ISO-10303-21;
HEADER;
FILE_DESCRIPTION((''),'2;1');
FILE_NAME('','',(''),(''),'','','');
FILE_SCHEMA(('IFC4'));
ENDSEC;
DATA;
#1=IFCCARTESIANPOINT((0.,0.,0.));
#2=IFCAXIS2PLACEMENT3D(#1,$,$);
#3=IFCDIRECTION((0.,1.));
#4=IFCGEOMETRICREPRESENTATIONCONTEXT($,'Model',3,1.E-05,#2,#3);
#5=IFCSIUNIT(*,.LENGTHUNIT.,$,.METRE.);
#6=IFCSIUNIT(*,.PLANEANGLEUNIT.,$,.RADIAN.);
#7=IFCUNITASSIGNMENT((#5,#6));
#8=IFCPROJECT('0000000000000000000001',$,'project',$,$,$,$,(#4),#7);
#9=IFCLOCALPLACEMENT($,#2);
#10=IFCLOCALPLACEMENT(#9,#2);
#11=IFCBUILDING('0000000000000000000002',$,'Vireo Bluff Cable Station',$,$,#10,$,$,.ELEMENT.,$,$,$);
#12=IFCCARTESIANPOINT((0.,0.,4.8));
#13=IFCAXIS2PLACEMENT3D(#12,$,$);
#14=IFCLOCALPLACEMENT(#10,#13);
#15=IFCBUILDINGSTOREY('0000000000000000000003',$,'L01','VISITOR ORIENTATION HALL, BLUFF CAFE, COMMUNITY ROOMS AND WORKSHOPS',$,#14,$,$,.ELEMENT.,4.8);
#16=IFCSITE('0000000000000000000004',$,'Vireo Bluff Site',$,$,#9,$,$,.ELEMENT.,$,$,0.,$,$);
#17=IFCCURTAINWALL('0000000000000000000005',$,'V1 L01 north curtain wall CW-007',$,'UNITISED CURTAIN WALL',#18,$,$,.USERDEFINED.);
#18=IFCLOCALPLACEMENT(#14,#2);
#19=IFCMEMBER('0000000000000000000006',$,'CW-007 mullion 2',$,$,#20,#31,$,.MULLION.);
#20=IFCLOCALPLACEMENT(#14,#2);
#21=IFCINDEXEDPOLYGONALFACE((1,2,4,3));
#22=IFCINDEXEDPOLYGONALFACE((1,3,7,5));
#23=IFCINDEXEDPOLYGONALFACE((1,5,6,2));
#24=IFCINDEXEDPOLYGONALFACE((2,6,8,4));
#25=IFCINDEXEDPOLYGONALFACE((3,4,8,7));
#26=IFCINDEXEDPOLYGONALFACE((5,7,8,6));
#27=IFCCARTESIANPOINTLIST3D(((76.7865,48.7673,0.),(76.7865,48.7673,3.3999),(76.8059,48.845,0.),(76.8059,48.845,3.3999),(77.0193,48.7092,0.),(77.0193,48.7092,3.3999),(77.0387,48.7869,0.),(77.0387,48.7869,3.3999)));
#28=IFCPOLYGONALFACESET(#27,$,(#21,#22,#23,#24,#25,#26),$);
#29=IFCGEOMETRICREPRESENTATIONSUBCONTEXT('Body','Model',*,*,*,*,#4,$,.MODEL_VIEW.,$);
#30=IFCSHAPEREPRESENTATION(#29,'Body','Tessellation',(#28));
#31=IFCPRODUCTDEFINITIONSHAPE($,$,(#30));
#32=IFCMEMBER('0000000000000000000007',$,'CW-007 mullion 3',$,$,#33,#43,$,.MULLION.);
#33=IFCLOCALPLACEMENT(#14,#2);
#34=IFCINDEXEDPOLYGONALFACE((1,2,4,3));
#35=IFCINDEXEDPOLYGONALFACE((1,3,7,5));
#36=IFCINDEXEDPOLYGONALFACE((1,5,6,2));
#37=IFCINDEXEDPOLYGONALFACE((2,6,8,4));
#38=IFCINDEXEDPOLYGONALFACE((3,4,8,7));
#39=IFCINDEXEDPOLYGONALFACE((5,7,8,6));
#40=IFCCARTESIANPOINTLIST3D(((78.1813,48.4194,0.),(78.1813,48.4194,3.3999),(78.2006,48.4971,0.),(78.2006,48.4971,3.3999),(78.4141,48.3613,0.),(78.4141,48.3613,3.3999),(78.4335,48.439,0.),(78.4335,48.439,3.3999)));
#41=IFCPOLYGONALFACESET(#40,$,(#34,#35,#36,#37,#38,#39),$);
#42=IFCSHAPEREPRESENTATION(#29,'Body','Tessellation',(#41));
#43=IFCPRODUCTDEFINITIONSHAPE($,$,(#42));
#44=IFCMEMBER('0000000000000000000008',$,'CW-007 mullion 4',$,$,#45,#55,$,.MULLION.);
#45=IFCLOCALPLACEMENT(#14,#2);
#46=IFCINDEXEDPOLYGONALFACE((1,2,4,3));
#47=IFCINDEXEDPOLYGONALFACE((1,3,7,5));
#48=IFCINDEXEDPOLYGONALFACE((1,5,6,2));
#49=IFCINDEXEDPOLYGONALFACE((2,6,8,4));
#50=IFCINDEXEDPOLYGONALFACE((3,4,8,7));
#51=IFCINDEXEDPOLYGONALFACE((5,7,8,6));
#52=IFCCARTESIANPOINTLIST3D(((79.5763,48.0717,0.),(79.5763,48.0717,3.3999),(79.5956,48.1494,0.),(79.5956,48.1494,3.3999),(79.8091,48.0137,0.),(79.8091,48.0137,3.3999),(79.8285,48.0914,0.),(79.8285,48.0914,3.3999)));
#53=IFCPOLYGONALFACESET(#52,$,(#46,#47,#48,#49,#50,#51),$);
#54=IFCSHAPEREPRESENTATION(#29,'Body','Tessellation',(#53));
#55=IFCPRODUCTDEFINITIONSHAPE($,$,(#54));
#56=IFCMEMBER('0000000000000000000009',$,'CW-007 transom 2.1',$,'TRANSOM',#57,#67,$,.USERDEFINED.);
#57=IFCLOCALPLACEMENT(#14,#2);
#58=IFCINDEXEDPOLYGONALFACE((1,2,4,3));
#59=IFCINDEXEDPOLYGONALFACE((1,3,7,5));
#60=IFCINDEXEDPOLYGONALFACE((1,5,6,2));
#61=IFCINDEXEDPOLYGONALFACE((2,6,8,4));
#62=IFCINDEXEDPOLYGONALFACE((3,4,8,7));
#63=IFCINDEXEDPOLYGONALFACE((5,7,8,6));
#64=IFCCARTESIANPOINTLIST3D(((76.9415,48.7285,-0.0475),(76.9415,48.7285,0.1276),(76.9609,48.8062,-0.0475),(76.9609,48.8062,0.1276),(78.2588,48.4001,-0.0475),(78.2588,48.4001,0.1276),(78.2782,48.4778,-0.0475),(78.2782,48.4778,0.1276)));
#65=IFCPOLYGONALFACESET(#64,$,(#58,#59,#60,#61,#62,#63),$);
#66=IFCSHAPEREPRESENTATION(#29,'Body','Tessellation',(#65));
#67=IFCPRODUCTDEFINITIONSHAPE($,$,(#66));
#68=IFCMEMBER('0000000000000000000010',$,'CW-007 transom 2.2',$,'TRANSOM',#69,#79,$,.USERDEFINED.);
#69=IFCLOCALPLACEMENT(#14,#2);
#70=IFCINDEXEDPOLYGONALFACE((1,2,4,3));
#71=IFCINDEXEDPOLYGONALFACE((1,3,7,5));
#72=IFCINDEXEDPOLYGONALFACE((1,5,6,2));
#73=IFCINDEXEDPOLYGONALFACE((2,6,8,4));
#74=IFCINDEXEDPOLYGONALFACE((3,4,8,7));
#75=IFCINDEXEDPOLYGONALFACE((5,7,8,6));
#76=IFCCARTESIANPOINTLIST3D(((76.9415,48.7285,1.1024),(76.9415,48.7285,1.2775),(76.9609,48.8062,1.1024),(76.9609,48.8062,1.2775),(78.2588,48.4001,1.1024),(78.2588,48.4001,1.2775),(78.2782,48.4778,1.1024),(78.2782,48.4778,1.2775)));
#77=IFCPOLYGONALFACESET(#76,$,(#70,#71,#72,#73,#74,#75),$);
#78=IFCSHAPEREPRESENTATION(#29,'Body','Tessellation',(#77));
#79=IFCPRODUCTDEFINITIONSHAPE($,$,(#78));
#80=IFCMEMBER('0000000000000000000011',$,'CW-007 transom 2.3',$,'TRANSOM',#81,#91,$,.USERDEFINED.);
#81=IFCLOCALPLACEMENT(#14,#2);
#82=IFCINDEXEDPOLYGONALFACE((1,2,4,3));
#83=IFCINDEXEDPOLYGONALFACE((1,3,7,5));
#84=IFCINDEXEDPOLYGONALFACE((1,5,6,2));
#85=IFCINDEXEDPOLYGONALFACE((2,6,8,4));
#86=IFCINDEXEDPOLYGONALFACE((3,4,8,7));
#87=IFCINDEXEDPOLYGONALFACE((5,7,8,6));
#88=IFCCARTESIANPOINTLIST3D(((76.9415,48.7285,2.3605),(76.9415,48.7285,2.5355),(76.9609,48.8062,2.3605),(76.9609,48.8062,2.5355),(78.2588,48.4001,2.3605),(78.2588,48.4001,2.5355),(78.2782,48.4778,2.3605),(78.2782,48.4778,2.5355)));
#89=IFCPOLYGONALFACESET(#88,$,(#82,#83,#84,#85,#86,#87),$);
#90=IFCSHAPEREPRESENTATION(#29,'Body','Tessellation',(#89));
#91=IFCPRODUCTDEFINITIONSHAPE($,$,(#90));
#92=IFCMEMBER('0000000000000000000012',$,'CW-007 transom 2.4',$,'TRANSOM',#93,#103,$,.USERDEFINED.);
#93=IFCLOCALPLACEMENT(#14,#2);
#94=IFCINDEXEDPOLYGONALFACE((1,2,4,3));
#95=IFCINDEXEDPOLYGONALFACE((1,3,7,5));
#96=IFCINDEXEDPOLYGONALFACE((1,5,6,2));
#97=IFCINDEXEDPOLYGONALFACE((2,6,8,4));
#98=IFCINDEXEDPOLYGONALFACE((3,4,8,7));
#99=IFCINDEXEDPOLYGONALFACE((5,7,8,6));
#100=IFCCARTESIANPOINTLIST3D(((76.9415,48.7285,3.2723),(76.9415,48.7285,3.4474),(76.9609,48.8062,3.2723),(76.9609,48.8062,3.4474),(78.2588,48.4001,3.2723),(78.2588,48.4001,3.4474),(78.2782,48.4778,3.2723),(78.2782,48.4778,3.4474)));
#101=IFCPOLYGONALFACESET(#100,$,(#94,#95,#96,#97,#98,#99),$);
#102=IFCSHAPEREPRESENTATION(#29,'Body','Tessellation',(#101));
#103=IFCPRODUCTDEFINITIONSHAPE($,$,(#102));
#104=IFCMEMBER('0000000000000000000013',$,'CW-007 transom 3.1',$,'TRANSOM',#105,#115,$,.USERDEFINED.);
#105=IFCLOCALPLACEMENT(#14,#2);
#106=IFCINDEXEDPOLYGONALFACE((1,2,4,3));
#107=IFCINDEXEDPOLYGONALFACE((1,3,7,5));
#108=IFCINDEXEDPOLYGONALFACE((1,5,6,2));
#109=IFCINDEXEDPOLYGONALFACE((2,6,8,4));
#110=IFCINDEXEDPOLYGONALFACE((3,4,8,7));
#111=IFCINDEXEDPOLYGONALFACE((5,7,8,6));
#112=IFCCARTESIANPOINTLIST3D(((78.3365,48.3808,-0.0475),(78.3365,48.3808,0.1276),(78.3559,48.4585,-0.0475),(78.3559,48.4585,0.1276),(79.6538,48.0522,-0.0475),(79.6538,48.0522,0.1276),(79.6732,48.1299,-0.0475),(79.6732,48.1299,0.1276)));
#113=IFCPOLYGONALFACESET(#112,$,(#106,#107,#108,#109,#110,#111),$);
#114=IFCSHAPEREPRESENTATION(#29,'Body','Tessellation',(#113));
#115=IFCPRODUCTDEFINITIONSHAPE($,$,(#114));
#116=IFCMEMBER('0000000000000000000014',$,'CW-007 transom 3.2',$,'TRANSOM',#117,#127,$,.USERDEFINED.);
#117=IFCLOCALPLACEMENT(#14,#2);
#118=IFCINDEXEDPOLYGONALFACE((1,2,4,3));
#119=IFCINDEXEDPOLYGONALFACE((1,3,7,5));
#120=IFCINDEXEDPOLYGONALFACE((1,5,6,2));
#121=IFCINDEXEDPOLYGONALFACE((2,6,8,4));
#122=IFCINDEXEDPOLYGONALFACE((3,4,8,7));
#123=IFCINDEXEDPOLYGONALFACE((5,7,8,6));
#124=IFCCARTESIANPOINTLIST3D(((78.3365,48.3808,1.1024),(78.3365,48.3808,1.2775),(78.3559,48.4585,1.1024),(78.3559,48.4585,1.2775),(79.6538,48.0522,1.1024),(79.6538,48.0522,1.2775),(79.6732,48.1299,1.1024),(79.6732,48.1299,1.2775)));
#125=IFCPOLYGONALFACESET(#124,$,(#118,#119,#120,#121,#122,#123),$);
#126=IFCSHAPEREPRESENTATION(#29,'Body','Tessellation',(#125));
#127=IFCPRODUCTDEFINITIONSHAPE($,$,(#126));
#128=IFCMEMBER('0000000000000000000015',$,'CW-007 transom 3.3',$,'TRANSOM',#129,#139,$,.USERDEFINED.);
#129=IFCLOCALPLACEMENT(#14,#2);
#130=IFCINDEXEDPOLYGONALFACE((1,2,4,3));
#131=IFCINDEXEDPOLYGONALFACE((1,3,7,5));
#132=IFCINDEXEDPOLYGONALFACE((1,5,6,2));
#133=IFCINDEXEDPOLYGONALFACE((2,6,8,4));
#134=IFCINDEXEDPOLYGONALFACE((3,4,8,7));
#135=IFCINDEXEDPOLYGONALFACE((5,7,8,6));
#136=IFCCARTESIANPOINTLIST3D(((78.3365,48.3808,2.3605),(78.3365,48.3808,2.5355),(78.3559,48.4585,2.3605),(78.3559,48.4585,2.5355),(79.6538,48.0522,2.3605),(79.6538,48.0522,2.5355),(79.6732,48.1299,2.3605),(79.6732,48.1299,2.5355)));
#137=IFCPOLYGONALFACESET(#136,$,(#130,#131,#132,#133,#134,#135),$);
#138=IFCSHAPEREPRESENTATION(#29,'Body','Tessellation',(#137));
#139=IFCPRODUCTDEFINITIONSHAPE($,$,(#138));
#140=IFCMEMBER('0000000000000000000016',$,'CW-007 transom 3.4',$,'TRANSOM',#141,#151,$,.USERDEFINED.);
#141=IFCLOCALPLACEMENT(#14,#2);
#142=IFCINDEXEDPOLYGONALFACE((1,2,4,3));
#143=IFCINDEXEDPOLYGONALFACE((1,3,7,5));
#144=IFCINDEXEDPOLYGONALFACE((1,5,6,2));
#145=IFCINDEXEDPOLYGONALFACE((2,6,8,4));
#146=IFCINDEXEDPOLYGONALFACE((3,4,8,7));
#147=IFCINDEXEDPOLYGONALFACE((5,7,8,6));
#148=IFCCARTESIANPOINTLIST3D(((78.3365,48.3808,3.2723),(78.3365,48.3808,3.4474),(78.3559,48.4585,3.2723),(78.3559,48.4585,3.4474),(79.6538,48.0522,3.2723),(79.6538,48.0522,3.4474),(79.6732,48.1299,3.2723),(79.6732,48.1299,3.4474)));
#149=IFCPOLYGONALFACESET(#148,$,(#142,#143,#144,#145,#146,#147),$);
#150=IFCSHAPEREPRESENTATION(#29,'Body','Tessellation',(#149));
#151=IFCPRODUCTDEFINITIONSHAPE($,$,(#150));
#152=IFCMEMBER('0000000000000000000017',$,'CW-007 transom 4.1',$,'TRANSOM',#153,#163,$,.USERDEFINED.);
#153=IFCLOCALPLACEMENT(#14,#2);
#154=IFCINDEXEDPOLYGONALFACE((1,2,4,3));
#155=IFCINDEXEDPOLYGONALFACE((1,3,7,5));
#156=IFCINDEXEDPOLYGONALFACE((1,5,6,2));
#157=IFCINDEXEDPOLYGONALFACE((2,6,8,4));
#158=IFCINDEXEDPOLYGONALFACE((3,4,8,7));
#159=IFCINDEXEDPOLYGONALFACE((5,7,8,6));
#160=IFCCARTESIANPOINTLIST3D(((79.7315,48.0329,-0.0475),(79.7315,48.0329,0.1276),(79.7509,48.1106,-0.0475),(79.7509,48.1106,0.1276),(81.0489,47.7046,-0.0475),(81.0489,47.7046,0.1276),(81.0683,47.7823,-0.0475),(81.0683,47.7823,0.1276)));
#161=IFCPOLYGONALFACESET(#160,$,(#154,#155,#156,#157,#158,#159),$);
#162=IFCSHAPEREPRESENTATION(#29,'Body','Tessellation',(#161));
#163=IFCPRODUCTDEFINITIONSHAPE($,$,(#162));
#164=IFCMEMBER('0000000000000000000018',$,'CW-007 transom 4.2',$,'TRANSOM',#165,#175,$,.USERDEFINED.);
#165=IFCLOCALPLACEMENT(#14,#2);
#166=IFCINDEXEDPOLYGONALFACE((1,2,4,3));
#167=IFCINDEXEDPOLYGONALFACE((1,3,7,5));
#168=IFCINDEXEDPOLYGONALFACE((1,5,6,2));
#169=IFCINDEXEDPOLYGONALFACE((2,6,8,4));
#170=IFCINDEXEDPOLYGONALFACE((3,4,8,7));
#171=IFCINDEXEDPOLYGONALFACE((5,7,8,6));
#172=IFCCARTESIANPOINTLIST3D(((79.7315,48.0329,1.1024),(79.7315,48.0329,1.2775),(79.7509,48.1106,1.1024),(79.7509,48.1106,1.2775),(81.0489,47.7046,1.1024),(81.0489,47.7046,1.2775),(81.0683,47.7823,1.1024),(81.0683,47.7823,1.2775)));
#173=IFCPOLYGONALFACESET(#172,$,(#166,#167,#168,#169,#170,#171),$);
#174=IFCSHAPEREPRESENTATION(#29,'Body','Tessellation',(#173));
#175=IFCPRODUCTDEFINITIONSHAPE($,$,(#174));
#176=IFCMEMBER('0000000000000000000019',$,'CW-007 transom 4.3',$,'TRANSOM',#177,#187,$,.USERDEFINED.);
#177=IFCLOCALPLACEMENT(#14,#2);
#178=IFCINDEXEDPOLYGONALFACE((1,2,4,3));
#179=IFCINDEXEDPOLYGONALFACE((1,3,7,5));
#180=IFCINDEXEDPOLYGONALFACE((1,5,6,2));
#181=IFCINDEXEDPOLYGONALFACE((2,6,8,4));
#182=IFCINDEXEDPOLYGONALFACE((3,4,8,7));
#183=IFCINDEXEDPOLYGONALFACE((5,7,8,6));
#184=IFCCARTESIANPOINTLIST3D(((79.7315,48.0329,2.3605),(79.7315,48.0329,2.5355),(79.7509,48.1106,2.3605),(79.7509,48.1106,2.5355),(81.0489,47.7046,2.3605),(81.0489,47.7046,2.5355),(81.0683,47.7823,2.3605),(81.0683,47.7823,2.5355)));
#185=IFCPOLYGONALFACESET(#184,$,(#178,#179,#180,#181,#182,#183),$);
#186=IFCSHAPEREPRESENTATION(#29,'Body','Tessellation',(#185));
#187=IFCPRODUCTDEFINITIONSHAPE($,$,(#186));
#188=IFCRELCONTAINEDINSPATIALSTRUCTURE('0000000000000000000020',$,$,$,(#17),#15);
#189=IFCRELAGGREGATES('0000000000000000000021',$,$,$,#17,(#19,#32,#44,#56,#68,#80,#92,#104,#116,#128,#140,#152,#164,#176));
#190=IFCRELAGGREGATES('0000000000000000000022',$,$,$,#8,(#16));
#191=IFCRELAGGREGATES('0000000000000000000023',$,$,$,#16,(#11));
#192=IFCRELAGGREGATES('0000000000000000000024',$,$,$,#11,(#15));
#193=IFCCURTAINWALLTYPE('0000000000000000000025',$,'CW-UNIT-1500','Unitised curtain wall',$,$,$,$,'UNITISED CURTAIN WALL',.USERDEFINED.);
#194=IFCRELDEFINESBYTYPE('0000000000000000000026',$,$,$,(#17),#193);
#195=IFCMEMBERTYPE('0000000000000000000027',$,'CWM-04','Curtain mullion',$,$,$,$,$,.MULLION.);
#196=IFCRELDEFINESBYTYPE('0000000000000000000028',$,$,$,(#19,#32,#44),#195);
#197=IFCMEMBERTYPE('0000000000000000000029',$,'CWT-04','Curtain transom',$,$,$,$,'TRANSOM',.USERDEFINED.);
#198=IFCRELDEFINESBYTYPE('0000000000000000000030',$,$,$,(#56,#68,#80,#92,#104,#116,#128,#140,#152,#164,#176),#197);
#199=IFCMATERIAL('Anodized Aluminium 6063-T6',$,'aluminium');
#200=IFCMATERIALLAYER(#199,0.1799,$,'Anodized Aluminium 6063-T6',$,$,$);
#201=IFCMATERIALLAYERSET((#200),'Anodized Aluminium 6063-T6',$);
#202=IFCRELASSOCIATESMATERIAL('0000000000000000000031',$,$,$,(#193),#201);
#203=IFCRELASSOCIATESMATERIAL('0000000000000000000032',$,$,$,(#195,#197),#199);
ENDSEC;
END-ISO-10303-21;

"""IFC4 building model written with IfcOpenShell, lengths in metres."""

from ifc_helpers import new_model, si_unit, direction, frame, origin, origin_2d, place, context, subcontext, project, spatial, rectangle, extrude, material, layer, layer_set, material_profile, profile_set, type_object, element, aggregate, save


model = new_model("IFC4")

# Units and contexts
model_context = context("Model", 3, precision=1e-05, world=origin(), true_north=direction((0.0, 1.0)))
body_context = subcontext(model_context, "Body", "Model", "MODEL_VIEW")
ifc_project = project(units=[si_unit("LENGTHUNIT", "METRE"), si_unit("PLANEANGLEUNIT", "RADIAN")], contexts=[model_context])

# Site, building, storey
site_placement = place(None, origin())
site = spatial("IfcSite", under=ifc_project, at=site_placement, Name="Vireo Bluff Site", CompositionType="ELEMENT", RefElevation=0.0)
building_placement = place(site_placement, origin())
building = spatial("IfcBuilding", under=site, at=building_placement, Name="Vireo Bluff Cable Station", CompositionType="ELEMENT")
storey_placement = place(building_placement, frame((0.0, 0.0, 4.8)))
storey = spatial("IfcBuildingStorey", under=building, at=storey_placement, Name="L01", Description="VISITOR ORIENTATION HALL, BLUFF CAFE, COMMUNITY ROOMS AND WORKSHOPS", CompositionType="ELEMENT", Elevation=4.8)

# Curtain wall, members
ifc_material_1 = material(Name="Anodized Aluminium 6063-T6", Category="aluminium")
ifc_layer_1 = layer(ifc_material_1, 0.1799, Name="Anodized Aluminium 6063-T6")
ifc_layer_set_1 = layer_set([ifc_layer_1], Name="Anodized Aluminium 6063-T6")
curtain_wall_type = type_object("IfcCurtainWallType", Name="CW-UNIT-1500", Description="Unitised curtain wall", ElementType="UNITISED CURTAIN WALL", PredefinedType="USERDEFINED", material=ifc_layer_set_1)
curtain_wall_placement = place(storey_placement, origin())
curtain_wall = element("IfcCurtainWall", 1, at=curtain_wall_placement, inside=storey, type_object=curtain_wall_type, Name="V1 L01 north curtain wall CW-007", ObjectType="UNITISED CURTAIN WALL", PredefinedType="USERDEFINED")
ifc_material_profile_1 = material_profile(ifc_material_1, rectangle(XDim=0.0801, YDim=0.24, at=origin_2d()), Name="ALU-M-80X240")
ifc_profile_set_1 = profile_set([ifc_material_profile_1], Name="Anodized Aluminium 6063-T6")
member_type_1 = type_object("IfcMemberType", Name="CWM-04", Description="Curtain mullion", PredefinedType="MULLION", material=ifc_profile_set_1)
member_1_placement = place(storey_placement, frame((76.9126, 48.7771, 0.0), z_axis=(0.0, 0.0, 1.0), x_axis=(0.241922, 0.970296, 0.0)))
member_1 = element("IfcMember", 2, at=member_1_placement, type_object=member_type_1, Name="CW-007 mullion 2", PredefinedType="MULLION", context=body_context, shape_type="SweptSolid", body=[
    extrude(rectangle(XDim=0.0801, YDim=0.24, at=origin_2d()), origin(), (0.0, 0.0, 1.0), 3.3999),
])
member_2_placement = place(storey_placement, frame((78.3074, 48.4292, 0.0), z_axis=(0.0, 0.0, 1.0), x_axis=(0.241922, 0.970296, 0.0)))
member_2 = element("IfcMember", 3, at=member_2_placement, type_object=member_type_1, Name="CW-007 mullion 3", PredefinedType="MULLION", context=body_context, shape_type="SweptSolid", body=[
    extrude(rectangle(XDim=0.0801, YDim=0.24, at=origin_2d()), origin(), (0.0, 0.0, 1.0), 3.3999),
])
member_3_placement = place(storey_placement, frame((79.7024, 48.0815, 0.0), z_axis=(0.0, 0.0, 1.0), x_axis=(0.241922, 0.970296, 0.0)))
member_3 = element("IfcMember", 4, at=member_3_placement, type_object=member_type_1, Name="CW-007 mullion 4", PredefinedType="MULLION", context=body_context, shape_type="SweptSolid", body=[
    extrude(rectangle(XDim=0.0801, YDim=0.24, at=origin_2d()), origin(), (0.0, 0.0, 1.0), 3.3999),
])
ifc_material_profile_2 = material_profile(ifc_material_1, rectangle(XDim=0.0801, YDim=0.175, at=origin_2d()), Name="ALU-T-80X175")
ifc_profile_set_2 = profile_set([ifc_material_profile_2], Name="Anodized Aluminium 6063-T6")
member_type_2 = type_object("IfcMemberType", Name="CWT-04", Description="Curtain transom", ElementType="TRANSOM", PredefinedType="USERDEFINED", material=ifc_profile_set_2)
member_4_placement = place(storey_placement, frame((76.9512, 48.7673, 0.04), z_axis=(0.970312, -0.241859, 0.0), x_axis=(0.241859, 0.970312, 0.0)))
member_4 = element("IfcMember", 5, at=member_4_placement, type_object=member_type_2, Name="CW-007 transom 2.1", ObjectType="TRANSOM", PredefinedType="USERDEFINED", context=body_context, shape_type="SweptSolid", body=[
    extrude(rectangle(XDim=0.0801, YDim=0.175, at=origin_2d()), origin(), (0.0, 0.0, 1.0), 1.3577),
])
member_5_placement = place(storey_placement, frame((76.9512, 48.7673, 1.1899), z_axis=(0.970312, -0.241859, 0.0), x_axis=(0.241859, 0.970312, 0.0)))
member_5 = element("IfcMember", 6, at=member_5_placement, type_object=member_type_2, Name="CW-007 transom 2.2", ObjectType="TRANSOM", PredefinedType="USERDEFINED", context=body_context, shape_type="SweptSolid", body=[
    extrude(rectangle(XDim=0.0801, YDim=0.175, at=origin_2d()), origin(), (0.0, 0.0, 1.0), 1.3577),
])
member_6_placement = place(storey_placement, frame((76.9512, 48.7673, 2.448), z_axis=(0.970312, -0.241859, 0.0), x_axis=(0.241859, 0.970312, 0.0)))
member_6 = element("IfcMember", 7, at=member_6_placement, type_object=member_type_2, Name="CW-007 transom 2.3", ObjectType="TRANSOM", PredefinedType="USERDEFINED", context=body_context, shape_type="SweptSolid", body=[
    extrude(rectangle(XDim=0.0801, YDim=0.175, at=origin_2d()), origin(), (0.0, 0.0, 1.0), 1.3577),
])
member_7_placement = place(storey_placement, frame((76.9512, 48.7673, 3.3599), z_axis=(0.970312, -0.241859, 0.0), x_axis=(0.241859, 0.970312, 0.0)))
member_7 = element("IfcMember", 8, at=member_7_placement, type_object=member_type_2, Name="CW-007 transom 2.4", ObjectType="TRANSOM", PredefinedType="USERDEFINED", context=body_context, shape_type="SweptSolid", body=[
    extrude(rectangle(XDim=0.0801, YDim=0.175, at=origin_2d()), origin(), (0.0, 0.0, 1.0), 1.3577),
])
member_8_placement = place(storey_placement, frame((78.3462, 48.4197, 0.04), z_axis=(0.970269, -0.242028, 0.0), x_axis=(0.242028, 0.970269, 0.0)))
member_8 = element("IfcMember", 9, at=member_8_placement, type_object=member_type_2, Name="CW-007 transom 3.1", ObjectType="TRANSOM", PredefinedType="USERDEFINED", context=body_context, shape_type="SweptSolid", body=[
    extrude(rectangle(XDim=0.0801, YDim=0.175, at=origin_2d()), origin(), (0.0, 0.0, 1.0), 1.3577),
])
member_9_placement = place(storey_placement, frame((78.3462, 48.4197, 1.1899), z_axis=(0.970269, -0.242028, 0.0), x_axis=(0.242028, 0.970269, 0.0)))
member_9 = element("IfcMember", 10, at=member_9_placement, type_object=member_type_2, Name="CW-007 transom 3.2", ObjectType="TRANSOM", PredefinedType="USERDEFINED", context=body_context, shape_type="SweptSolid", body=[
    extrude(rectangle(XDim=0.0801, YDim=0.175, at=origin_2d()), origin(), (0.0, 0.0, 1.0), 1.3577),
])
member_10_placement = place(storey_placement, frame((78.3462, 48.4197, 2.448), z_axis=(0.970269, -0.242028, 0.0), x_axis=(0.242028, 0.970269, 0.0)))
member_10 = element("IfcMember", 11, at=member_10_placement, type_object=member_type_2, Name="CW-007 transom 3.3", ObjectType="TRANSOM", PredefinedType="USERDEFINED", context=body_context, shape_type="SweptSolid", body=[
    extrude(rectangle(XDim=0.0801, YDim=0.175, at=origin_2d()), origin(), (0.0, 0.0, 1.0), 1.3577),
])
member_11_placement = place(storey_placement, frame((78.3462, 48.4197, 3.3599), z_axis=(0.970269, -0.242028, 0.0), x_axis=(0.242028, 0.970269, 0.0)))
member_11 = element("IfcMember", 12, at=member_11_placement, type_object=member_type_2, Name="CW-007 transom 3.4", ObjectType="TRANSOM", PredefinedType="USERDEFINED", context=body_context, shape_type="SweptSolid", body=[
    extrude(rectangle(XDim=0.0801, YDim=0.175, at=origin_2d()), origin(), (0.0, 0.0, 1.0), 1.3577),
])
member_12_placement = place(storey_placement, frame((79.7412, 48.0718, 0.04), z_axis=(0.970312, -0.241859, 0.0), x_axis=(0.241859, 0.970312, 0.0)))
member_12 = element("IfcMember", 13, at=member_12_placement, type_object=member_type_2, Name="CW-007 transom 4.1", ObjectType="TRANSOM", PredefinedType="USERDEFINED", context=body_context, shape_type="SweptSolid", body=[
    extrude(rectangle(XDim=0.0801, YDim=0.175, at=origin_2d()), origin(), (0.0, 0.0, 1.0), 1.3577),
])
member_13_placement = place(storey_placement, frame((79.7412, 48.0718, 1.1899), z_axis=(0.970312, -0.241859, 0.0), x_axis=(0.241859, 0.970312, 0.0)))
member_13 = element("IfcMember", 14, at=member_13_placement, type_object=member_type_2, Name="CW-007 transom 4.2", ObjectType="TRANSOM", PredefinedType="USERDEFINED", context=body_context, shape_type="SweptSolid", body=[
    extrude(rectangle(XDim=0.0801, YDim=0.175, at=origin_2d()), origin(), (0.0, 0.0, 1.0), 1.3577),
])
member_14_placement = place(storey_placement, frame((79.7412, 48.0718, 2.448), z_axis=(0.970312, -0.241859, 0.0), x_axis=(0.241859, 0.970312, 0.0)))
member_14 = element("IfcMember", 15, at=member_14_placement, type_object=member_type_2, Name="CW-007 transom 4.3", ObjectType="TRANSOM", PredefinedType="USERDEFINED", context=body_context, shape_type="SweptSolid", body=[
    extrude(rectangle(XDim=0.0801, YDim=0.175, at=origin_2d()), origin(), (0.0, 0.0, 1.0), 1.3577),
])
aggregate(curtain_wall, [member_1, member_2, member_3, member_4, member_5, member_6, member_7, member_8, member_9, member_10, member_11, member_12, member_13, member_14])

save(model, "model.ifc")
